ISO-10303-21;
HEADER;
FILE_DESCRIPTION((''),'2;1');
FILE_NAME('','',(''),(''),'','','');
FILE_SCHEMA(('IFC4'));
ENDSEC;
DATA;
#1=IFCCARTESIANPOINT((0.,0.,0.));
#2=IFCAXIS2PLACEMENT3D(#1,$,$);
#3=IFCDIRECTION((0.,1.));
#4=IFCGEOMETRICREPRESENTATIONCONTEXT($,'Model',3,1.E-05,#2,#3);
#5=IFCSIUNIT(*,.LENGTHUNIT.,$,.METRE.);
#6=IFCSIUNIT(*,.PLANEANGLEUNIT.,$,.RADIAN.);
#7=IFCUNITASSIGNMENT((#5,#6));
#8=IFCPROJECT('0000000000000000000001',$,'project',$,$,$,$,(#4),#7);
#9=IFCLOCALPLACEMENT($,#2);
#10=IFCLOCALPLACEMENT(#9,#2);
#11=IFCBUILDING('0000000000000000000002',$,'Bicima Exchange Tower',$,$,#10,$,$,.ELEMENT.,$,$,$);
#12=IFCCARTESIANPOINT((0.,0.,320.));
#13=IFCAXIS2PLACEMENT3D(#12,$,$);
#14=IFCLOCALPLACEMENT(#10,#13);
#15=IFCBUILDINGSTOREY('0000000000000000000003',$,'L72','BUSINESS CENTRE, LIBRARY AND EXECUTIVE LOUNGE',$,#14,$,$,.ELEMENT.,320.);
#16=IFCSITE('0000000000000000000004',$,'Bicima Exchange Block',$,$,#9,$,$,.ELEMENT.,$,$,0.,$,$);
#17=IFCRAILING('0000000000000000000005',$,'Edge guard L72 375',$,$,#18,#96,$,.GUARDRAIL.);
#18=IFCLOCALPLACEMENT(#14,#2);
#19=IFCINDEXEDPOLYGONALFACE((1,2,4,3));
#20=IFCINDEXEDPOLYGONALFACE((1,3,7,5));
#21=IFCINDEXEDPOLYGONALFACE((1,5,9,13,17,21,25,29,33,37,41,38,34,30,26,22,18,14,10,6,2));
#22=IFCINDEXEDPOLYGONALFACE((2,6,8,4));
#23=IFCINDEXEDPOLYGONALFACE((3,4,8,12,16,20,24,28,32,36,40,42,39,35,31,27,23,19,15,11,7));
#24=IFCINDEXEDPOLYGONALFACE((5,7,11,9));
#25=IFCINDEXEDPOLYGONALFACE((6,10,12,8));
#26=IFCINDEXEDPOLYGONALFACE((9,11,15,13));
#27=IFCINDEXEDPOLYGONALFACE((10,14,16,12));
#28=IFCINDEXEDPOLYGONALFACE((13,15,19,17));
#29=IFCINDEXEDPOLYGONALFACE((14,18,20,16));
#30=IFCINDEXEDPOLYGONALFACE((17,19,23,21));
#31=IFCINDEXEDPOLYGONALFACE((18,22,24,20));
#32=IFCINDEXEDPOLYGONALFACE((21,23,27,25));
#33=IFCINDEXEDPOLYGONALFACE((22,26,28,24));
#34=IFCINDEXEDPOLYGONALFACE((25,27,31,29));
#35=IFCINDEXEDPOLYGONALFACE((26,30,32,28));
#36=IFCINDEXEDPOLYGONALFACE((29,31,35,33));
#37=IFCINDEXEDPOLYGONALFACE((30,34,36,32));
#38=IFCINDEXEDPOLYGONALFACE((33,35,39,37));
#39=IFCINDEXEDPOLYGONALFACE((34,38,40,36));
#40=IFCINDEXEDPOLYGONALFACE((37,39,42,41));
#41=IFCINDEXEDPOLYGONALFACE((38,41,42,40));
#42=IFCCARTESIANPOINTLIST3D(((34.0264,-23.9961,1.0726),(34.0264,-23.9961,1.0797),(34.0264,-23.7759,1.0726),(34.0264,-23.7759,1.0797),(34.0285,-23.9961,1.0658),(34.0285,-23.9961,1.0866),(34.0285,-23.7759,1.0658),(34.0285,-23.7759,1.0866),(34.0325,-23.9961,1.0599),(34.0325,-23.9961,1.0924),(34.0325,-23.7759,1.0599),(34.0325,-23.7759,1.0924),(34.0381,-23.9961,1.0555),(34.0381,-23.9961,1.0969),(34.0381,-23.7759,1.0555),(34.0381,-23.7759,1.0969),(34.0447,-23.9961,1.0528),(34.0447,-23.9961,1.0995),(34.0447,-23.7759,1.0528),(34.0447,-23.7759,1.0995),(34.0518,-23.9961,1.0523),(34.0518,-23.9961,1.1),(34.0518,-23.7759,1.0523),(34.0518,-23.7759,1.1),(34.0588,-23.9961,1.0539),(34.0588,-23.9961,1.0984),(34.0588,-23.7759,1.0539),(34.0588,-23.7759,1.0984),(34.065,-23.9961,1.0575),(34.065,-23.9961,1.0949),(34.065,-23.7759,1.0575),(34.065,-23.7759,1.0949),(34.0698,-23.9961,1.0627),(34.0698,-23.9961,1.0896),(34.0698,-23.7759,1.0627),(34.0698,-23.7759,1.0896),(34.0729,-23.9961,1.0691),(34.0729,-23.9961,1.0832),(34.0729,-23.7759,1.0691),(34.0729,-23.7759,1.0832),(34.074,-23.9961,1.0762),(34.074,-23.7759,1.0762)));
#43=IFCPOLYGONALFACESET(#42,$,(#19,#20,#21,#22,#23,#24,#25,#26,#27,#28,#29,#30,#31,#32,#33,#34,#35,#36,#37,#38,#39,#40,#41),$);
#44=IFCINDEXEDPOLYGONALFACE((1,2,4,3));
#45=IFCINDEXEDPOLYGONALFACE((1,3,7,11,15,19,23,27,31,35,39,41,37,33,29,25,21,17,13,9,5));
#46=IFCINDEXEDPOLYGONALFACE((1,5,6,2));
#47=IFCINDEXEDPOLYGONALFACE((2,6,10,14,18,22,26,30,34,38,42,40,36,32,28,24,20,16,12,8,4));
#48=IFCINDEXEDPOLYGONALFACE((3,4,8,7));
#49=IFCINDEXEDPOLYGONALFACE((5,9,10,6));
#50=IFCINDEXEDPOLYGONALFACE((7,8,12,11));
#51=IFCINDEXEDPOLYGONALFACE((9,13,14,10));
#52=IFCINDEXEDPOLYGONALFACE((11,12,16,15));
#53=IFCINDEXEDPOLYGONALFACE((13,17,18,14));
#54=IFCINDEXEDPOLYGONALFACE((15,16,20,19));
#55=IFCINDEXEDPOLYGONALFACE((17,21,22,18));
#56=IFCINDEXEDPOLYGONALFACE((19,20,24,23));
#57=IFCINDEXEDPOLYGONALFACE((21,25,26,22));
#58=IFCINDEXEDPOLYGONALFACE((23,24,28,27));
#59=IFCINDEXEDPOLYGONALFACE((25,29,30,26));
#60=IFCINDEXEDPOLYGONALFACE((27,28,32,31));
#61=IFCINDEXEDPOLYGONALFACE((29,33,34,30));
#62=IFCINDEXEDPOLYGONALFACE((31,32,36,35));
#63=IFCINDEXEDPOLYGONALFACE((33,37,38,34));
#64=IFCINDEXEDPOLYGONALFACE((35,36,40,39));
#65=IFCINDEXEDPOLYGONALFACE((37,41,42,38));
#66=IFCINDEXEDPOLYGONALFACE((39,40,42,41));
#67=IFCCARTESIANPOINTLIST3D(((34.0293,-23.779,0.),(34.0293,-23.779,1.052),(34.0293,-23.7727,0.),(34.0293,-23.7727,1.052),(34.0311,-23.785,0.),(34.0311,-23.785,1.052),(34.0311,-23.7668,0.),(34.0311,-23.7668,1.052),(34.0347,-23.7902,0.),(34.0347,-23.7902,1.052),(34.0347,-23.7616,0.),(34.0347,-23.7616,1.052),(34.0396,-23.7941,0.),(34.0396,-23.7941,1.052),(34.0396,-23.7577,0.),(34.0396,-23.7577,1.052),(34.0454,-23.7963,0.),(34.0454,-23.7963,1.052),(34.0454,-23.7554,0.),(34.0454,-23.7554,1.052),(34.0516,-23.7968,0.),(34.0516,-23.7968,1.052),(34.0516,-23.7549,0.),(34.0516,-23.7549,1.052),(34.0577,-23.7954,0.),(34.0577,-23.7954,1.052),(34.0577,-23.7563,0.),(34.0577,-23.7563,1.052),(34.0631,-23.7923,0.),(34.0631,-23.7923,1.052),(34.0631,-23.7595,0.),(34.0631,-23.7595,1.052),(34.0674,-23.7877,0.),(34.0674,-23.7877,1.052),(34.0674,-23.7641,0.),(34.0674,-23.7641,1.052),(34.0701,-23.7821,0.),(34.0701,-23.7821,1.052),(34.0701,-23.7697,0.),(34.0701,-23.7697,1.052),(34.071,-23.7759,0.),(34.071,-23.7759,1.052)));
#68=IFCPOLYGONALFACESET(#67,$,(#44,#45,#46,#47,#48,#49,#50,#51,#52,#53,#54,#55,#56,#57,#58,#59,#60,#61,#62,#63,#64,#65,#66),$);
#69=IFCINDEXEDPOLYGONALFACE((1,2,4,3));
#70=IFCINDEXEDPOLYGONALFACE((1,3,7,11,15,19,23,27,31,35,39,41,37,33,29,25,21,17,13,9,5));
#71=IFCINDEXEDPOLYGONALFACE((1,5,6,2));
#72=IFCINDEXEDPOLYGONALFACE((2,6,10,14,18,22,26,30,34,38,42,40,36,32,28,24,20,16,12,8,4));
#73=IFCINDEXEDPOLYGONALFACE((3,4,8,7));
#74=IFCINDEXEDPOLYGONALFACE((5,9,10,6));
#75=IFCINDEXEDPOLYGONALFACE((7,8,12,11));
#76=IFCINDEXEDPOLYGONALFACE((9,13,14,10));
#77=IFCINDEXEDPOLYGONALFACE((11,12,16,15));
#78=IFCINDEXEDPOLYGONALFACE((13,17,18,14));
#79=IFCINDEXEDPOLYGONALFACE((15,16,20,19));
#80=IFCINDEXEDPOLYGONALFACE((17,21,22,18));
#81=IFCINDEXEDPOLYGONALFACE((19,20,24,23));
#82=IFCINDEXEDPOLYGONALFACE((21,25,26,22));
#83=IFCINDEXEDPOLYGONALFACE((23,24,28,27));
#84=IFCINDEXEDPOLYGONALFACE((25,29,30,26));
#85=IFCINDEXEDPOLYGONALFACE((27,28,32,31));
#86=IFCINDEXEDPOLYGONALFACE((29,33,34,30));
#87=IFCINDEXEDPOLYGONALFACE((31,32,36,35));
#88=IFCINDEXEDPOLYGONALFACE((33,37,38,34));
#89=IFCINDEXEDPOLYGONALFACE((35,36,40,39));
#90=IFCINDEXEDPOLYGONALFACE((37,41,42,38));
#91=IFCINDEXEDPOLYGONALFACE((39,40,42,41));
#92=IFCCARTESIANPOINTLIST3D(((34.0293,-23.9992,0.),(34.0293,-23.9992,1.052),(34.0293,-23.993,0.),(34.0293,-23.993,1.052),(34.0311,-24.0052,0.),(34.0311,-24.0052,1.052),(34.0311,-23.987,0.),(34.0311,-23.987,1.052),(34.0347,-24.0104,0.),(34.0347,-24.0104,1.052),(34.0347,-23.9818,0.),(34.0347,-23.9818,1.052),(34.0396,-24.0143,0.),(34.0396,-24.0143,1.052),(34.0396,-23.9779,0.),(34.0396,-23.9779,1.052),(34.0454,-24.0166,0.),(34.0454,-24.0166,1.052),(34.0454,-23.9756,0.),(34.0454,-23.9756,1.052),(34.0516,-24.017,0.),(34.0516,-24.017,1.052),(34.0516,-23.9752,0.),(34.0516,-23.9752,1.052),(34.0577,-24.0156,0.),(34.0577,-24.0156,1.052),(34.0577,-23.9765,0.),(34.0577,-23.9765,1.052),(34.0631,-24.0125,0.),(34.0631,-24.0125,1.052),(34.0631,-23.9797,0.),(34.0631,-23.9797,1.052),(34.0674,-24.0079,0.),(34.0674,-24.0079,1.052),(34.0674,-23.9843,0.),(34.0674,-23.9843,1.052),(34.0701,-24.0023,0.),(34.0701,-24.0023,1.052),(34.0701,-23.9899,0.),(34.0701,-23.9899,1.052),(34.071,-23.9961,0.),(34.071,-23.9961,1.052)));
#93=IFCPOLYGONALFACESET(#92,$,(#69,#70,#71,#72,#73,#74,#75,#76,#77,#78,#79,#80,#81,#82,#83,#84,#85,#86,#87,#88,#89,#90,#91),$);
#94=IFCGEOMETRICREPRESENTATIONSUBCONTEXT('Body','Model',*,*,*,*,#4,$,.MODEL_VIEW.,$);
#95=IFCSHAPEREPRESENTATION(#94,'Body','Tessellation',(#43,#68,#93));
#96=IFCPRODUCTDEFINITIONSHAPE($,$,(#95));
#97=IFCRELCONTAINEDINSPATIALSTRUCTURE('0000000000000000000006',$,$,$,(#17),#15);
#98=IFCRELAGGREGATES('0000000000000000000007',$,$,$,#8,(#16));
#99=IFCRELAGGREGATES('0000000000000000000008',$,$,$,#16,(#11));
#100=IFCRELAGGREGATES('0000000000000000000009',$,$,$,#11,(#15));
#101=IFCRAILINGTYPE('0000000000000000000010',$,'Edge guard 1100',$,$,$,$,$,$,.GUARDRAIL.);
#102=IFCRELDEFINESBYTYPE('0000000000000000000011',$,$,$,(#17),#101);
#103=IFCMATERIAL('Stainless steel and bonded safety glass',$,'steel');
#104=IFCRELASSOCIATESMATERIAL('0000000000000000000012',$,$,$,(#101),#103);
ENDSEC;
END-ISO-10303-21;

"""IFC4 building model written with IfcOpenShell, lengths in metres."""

from ifc_helpers import new_model, si_unit, direction, frame, origin, origin_2d, place, context, subcontext, project, spatial, circle, extrude, material, type_object, element, save


model = new_model("IFC4")

# Units and contexts
model_context = context("Model", 3, precision=1e-05, world=origin(), true_north=direction((0.0, 1.0)))
body_context = subcontext(model_context, "Body", "Model", "MODEL_VIEW")
ifc_project = project(units=[si_unit("LENGTHUNIT", "METRE"), si_unit("PLANEANGLEUNIT", "RADIAN")], contexts=[model_context])

# Site, building, storey
site_placement = place(None, origin())
site = spatial("IfcSite", under=ifc_project, at=site_placement, Name="Bicima Exchange Block", CompositionType="ELEMENT", RefElevation=0.0)
building_placement = place(site_placement, origin())
building = spatial("IfcBuilding", under=site, at=building_placement, Name="Bicima Exchange Tower", CompositionType="ELEMENT")
storey_placement = place(building_placement, frame((0.0, 0.0, 320.0)))
storey = spatial("IfcBuildingStorey", under=building, at=storey_placement, Name="L72", Description="BUSINESS CENTRE, LIBRARY AND EXECUTIVE LOUNGE", CompositionType="ELEMENT", Elevation=320.0)

# Railing
ifc_material_1 = material(Name="Stainless steel and bonded safety glass", Category="steel")
railing_type = type_object("IfcRailingType", Name="Edge guard 1100", PredefinedType="GUARDRAIL", material=ifc_material_1)
railing_1_placement = place(storey_placement, frame((34.05, -23.7759, 0.0)))
element("IfcRailing", 1, at=railing_1_placement, inside=storey, type_object=railing_type, Name="Edge guard L72 375", PredefinedType="GUARDRAIL", context=body_context, shape_type="SweptSolid", body=[
    extrude(circle(Radius=0.0239, at=origin_2d()), frame((0.0, 0.0, 1.0762), z_axis=(0.0, -1.0, 0.0), x_axis=(1.0, 0.0, 0.0)), (0.0, 0.0, 1.0), 0.2202),
    extrude(circle(Radius=0.021, at=origin_2d()), origin(), (0.0, 0.0, 1.0), 1.052),
    extrude(circle(Radius=0.021, at=origin_2d()), frame((0.0, -0.2202, 0.0)), (0.0, 0.0, 1.0), 1.052),
])

save(model, "model.ifc")
